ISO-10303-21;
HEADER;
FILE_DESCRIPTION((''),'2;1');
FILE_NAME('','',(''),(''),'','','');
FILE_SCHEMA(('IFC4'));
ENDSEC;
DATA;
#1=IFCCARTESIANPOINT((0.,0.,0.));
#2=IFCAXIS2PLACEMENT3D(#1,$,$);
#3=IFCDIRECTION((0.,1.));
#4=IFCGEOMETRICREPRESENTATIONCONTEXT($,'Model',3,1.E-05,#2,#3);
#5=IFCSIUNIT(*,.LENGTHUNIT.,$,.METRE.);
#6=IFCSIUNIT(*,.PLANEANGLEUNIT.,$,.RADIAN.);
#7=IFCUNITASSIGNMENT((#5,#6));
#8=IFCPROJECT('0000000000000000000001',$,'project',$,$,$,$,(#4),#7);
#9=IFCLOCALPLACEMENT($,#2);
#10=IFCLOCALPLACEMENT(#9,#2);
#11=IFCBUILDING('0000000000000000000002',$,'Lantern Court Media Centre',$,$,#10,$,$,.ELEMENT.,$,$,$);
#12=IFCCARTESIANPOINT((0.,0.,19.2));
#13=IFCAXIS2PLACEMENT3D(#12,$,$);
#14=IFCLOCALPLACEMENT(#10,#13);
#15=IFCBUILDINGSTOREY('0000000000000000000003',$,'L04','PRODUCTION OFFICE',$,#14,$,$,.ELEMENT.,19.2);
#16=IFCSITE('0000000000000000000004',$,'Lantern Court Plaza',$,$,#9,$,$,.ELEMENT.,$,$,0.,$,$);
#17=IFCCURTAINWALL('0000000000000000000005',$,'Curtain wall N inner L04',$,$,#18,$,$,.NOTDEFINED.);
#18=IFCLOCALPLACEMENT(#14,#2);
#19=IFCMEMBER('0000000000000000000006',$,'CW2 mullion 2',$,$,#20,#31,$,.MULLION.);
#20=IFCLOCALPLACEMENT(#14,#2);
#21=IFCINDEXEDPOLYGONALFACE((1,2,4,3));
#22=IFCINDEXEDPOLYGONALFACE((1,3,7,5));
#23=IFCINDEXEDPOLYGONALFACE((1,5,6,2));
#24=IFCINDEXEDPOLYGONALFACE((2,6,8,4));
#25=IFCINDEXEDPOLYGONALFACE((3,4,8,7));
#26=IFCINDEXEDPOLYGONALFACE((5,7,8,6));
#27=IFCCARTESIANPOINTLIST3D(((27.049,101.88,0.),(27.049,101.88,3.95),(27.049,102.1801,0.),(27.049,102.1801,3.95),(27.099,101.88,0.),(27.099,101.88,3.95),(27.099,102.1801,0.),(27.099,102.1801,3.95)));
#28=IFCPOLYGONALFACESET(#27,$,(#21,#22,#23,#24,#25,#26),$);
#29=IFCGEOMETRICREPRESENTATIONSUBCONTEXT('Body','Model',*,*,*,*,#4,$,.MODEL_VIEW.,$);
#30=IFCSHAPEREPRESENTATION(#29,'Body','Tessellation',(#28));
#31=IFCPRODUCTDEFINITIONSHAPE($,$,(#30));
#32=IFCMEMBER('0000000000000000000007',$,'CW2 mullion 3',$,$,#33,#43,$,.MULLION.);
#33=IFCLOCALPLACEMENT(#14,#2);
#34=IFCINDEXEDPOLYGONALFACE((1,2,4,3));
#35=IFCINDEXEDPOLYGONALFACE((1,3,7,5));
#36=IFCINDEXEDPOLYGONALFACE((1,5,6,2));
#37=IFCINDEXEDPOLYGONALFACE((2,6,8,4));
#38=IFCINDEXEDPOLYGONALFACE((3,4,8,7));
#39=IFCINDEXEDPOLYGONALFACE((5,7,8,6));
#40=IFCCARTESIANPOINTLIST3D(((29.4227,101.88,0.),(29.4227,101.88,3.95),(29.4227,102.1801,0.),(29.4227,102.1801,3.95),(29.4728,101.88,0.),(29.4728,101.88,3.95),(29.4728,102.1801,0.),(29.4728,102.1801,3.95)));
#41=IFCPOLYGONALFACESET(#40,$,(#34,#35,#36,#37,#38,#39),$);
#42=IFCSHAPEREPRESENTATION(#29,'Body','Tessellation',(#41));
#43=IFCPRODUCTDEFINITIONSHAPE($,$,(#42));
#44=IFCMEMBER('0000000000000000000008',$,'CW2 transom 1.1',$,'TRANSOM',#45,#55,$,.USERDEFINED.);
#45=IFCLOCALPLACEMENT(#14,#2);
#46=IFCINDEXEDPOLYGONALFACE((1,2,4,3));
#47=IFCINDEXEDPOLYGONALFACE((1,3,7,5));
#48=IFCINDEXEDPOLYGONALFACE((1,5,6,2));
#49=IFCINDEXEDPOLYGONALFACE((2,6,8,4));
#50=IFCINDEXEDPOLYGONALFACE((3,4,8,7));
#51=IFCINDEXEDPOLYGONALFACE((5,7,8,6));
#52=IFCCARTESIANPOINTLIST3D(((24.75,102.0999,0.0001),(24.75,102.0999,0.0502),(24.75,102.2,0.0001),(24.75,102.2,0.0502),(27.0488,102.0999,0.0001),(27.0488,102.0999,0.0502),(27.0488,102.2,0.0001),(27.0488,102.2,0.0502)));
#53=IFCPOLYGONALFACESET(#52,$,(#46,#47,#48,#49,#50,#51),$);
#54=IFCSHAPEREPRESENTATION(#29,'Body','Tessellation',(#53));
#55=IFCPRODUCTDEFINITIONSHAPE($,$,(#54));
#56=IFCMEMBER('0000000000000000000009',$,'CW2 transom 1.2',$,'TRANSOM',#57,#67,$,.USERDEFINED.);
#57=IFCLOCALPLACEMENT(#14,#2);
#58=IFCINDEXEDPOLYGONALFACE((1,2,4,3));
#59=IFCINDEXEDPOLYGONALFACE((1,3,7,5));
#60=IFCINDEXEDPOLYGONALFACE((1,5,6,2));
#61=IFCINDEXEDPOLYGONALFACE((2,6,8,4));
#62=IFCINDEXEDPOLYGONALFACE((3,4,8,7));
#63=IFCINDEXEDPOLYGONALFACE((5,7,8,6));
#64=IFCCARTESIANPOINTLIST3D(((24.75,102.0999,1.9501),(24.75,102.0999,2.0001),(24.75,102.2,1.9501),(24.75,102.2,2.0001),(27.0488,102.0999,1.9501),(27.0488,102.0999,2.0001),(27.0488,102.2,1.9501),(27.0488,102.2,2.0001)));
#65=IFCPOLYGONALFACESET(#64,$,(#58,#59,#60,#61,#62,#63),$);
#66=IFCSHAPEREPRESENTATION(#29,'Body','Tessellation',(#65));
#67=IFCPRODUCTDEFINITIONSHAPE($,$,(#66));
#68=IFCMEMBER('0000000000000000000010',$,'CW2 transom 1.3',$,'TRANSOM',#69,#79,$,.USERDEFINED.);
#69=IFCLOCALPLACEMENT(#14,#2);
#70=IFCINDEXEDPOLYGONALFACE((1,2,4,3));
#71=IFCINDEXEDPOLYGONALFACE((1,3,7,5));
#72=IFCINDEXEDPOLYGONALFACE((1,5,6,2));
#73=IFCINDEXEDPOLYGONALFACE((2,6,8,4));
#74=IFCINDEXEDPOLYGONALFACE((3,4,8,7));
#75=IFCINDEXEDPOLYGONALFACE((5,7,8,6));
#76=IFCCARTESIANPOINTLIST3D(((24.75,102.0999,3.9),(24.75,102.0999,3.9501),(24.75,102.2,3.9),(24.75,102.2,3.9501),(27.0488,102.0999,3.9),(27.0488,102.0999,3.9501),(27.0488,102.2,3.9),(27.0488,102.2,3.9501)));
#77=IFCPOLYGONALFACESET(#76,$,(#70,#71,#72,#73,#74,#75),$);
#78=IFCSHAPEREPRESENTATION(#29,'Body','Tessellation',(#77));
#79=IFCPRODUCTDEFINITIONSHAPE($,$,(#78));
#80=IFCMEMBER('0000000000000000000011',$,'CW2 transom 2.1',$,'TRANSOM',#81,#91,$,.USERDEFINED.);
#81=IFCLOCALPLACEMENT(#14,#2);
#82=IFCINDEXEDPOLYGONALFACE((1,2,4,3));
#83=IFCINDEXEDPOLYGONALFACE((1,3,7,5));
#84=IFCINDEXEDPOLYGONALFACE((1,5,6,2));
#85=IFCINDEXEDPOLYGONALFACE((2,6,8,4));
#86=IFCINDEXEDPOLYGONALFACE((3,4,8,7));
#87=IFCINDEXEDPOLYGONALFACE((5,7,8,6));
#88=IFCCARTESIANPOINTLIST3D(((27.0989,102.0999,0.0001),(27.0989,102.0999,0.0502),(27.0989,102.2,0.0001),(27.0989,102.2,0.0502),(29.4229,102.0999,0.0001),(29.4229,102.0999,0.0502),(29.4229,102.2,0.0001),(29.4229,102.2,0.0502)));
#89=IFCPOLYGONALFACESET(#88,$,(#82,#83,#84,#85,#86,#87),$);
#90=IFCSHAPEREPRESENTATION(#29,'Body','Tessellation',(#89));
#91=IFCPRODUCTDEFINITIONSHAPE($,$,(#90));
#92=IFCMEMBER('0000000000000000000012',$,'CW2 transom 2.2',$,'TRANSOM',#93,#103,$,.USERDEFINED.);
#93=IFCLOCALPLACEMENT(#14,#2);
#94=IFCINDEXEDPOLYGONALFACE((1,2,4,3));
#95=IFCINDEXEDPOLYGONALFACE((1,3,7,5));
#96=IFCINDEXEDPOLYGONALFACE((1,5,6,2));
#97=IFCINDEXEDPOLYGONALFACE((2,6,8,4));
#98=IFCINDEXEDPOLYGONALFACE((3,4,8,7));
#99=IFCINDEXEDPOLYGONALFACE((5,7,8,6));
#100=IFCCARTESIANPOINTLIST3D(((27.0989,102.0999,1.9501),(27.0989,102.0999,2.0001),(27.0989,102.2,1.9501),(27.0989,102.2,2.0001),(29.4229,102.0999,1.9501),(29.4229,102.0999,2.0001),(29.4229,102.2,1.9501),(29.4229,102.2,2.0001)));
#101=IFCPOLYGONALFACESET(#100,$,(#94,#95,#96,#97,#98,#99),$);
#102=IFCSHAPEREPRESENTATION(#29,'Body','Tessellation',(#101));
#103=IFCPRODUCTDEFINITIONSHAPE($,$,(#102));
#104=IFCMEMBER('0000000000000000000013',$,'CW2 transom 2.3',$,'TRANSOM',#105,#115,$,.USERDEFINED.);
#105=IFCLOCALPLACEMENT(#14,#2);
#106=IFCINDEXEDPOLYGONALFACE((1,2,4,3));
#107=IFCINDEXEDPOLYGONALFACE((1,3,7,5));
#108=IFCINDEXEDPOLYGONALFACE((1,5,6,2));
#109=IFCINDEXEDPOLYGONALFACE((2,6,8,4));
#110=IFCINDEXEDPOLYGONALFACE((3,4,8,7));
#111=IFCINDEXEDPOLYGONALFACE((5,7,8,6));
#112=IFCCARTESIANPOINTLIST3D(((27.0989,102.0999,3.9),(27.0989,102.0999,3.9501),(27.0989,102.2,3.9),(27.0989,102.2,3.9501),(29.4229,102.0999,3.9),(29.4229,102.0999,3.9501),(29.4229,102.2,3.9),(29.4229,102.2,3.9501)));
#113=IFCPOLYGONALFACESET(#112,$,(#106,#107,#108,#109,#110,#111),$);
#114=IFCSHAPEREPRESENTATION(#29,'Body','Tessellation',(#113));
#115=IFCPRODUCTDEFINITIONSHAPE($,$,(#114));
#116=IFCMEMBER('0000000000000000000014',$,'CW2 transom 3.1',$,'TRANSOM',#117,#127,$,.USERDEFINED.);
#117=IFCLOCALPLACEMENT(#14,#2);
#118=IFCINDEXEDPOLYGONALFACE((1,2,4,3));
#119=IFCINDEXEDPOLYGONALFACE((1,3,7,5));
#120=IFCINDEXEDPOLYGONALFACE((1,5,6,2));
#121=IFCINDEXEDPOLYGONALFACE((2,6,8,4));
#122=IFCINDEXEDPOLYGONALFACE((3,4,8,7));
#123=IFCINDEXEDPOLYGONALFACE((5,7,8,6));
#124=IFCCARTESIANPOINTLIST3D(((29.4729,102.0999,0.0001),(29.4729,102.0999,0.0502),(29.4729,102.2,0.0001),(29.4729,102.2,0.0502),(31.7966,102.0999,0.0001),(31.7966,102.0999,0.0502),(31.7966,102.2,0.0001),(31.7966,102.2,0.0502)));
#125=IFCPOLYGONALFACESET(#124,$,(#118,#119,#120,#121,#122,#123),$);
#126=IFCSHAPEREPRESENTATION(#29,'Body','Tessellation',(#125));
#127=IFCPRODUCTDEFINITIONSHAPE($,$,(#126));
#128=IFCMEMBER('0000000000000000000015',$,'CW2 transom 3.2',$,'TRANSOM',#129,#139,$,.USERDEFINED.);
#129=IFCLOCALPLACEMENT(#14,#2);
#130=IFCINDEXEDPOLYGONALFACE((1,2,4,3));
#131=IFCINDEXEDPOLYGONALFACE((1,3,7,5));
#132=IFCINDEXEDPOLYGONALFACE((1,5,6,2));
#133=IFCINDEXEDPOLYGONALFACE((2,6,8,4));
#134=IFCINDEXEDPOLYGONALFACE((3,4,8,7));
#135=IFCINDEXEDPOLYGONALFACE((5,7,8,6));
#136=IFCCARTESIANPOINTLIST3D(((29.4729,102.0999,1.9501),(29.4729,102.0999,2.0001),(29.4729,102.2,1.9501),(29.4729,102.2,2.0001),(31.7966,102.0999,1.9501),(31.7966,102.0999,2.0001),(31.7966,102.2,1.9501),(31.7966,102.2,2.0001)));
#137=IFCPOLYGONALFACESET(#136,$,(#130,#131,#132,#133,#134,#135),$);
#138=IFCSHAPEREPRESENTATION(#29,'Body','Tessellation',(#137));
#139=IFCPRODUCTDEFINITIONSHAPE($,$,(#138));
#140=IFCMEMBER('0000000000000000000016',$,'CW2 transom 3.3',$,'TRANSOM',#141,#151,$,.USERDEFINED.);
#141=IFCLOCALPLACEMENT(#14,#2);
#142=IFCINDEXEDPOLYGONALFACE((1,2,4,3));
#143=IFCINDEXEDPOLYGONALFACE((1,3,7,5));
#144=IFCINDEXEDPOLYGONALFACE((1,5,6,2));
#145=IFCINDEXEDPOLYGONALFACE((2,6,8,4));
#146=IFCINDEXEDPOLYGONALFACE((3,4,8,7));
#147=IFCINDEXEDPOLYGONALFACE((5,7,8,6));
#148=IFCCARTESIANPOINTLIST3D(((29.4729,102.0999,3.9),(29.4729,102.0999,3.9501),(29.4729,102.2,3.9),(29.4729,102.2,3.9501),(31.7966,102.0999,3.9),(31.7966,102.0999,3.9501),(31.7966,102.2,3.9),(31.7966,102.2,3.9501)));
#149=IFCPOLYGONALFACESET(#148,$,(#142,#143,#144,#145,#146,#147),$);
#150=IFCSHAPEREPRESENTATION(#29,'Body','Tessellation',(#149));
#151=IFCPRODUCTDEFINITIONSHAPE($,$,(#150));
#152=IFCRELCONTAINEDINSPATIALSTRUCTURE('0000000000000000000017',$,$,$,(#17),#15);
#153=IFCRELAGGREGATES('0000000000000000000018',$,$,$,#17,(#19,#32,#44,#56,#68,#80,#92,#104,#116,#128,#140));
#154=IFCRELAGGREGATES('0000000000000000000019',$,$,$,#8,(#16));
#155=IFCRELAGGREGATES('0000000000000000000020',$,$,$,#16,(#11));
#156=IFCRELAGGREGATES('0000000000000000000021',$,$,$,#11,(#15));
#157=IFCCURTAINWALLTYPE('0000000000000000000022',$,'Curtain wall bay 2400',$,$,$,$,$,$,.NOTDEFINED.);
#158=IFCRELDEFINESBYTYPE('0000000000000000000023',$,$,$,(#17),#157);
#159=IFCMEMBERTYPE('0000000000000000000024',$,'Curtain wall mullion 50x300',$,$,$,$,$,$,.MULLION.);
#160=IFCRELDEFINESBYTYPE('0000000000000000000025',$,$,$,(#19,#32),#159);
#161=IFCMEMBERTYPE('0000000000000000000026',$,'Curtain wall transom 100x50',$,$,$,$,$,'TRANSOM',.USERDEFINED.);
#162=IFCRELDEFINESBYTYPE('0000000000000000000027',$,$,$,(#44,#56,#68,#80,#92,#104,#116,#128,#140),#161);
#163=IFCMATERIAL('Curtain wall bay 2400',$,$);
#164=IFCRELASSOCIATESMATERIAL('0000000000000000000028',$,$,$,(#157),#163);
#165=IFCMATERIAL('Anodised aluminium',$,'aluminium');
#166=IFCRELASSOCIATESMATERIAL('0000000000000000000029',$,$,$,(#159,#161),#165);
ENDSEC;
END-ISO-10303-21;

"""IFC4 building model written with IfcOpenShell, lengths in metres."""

from ifc_helpers import new_model, si_unit, direction, frame, origin, origin_2d, place, context, subcontext, project, spatial, rectangle, extrude, material, material_profile, profile_set, type_object, element, aggregate, save


model = new_model("IFC4")

# Units and contexts
model_context = context("Model", 3, precision=1e-05, world=origin(), true_north=direction((0.0, 1.0)))
body_context = subcontext(model_context, "Body", "Model", "MODEL_VIEW")
ifc_project = project(units=[si_unit("LENGTHUNIT", "METRE"), si_unit("PLANEANGLEUNIT", "RADIAN")], contexts=[model_context])

# Site, building, storey
site_placement = place(None, origin())
site = spatial("IfcSite", under=ifc_project, at=site_placement, Name="Lantern Court Plaza", CompositionType="ELEMENT", RefElevation=0.0)
building_placement = place(site_placement, origin())
building = spatial("IfcBuilding", under=site, at=building_placement, Name="Lantern Court Media Centre", CompositionType="ELEMENT")
storey_placement = place(building_placement, frame((0.0, 0.0, 19.2)))
storey = spatial("IfcBuildingStorey", under=building, at=storey_placement, Name="L04", Description="PRODUCTION OFFICE", CompositionType="ELEMENT", Elevation=19.2)

# Curtain wall, members
ifc_material_1 = material(Name="Curtain wall bay 2400")
curtain_wall_type = type_object("IfcCurtainWallType", Name="Curtain wall bay 2400", PredefinedType="NOTDEFINED", material=ifc_material_1)
curtain_wall_placement = place(storey_placement, origin())
curtain_wall = element("IfcCurtainWall", 1, at=curtain_wall_placement, inside=storey, type_object=curtain_wall_type, Name="Curtain wall N inner L04", PredefinedType="NOTDEFINED")
ifc_material_2 = material(Name="Anodised aluminium", Category="aluminium")
ifc_material_profile_1 = material_profile(ifc_material_2, rectangle(XDim=0.3, YDim=0.05, at=origin_2d()), Name="AL 50x300")
ifc_profile_set_1 = profile_set([ifc_material_profile_1], Name="Anodised aluminium")
member_type_1 = type_object("IfcMemberType", Name="Curtain wall mullion 50x300", PredefinedType="MULLION", material=ifc_profile_set_1)
member_1_placement = place(storey_placement, frame((27.074, 102.03, 0.0), z_axis=(0.0, 0.0, 1.0), x_axis=(0.0, 1.0, 0.0)))
member_1 = element("IfcMember", 2, at=member_1_placement, type_object=member_type_1, Name="CW2 mullion 2", PredefinedType="MULLION", context=body_context, shape_type="SweptSolid", body=[
    extrude(rectangle(XDim=0.3, YDim=0.05, at=origin_2d()), origin(), (0.0, 0.0, 1.0), 3.95),
])
member_2_placement = place(storey_placement, frame((29.4478, 102.03, 0.0), z_axis=(0.0, 0.0, 1.0), x_axis=(0.0, 1.0, 0.0)))
member_2 = element("IfcMember", 3, at=member_2_placement, type_object=member_type_1, Name="CW2 mullion 3", PredefinedType="MULLION", context=body_context, shape_type="SweptSolid", body=[
    extrude(rectangle(XDim=0.3, YDim=0.05, at=origin_2d()), origin(), (0.0, 0.0, 1.0), 3.95),
])
ifc_material_profile_2 = material_profile(ifc_material_2, rectangle(XDim=0.1001, YDim=0.05, at=origin_2d()), Name="AL 50x100")
ifc_profile_set_2 = profile_set([ifc_material_profile_2], Name="Anodised aluminium")
member_type_2 = type_object("IfcMemberType", Name="Curtain wall transom 100x50", ElementType="TRANSOM", PredefinedType="USERDEFINED", material=ifc_profile_set_2)
member_3_placement = place(storey_placement, frame((24.75, 102.1499, 0.0251), z_axis=(1.0, 0.0, 0.0), x_axis=(0.0, 1.0, 0.0)))
member_3 = element("IfcMember", 4, at=member_3_placement, type_object=member_type_2, Name="CW2 transom 1.1", ObjectType="TRANSOM", PredefinedType="USERDEFINED", context=body_context, shape_type="SweptSolid", body=[
    extrude(rectangle(XDim=0.1001, YDim=0.05, at=origin_2d()), origin(), (0.0, 0.0, 1.0), 2.2988),
])
member_4_placement = place(storey_placement, frame((24.75, 102.1499, 1.9751), z_axis=(1.0, 0.0, 0.0), x_axis=(0.0, 1.0, 0.0)))
member_4 = element("IfcMember", 5, at=member_4_placement, type_object=member_type_2, Name="CW2 transom 1.2", ObjectType="TRANSOM", PredefinedType="USERDEFINED", context=body_context, shape_type="SweptSolid", body=[
    extrude(rectangle(XDim=0.1001, YDim=0.05, at=origin_2d()), origin(), (0.0, 0.0, 1.0), 2.2988),
])
member_5_placement = place(storey_placement, frame((24.75, 102.1499, 3.925), z_axis=(1.0, 0.0, 0.0), x_axis=(0.0, 1.0, 0.0)))
member_5 = element("IfcMember", 6, at=member_5_placement, type_object=member_type_2, Name="CW2 transom 1.3", ObjectType="TRANSOM", PredefinedType="USERDEFINED", context=body_context, shape_type="SweptSolid", body=[
    extrude(rectangle(XDim=0.1001, YDim=0.05, at=origin_2d()), origin(), (0.0, 0.0, 1.0), 2.2988),
])
member_6_placement = place(storey_placement, frame((27.0989, 102.1499, 0.0251), z_axis=(1.0, 0.0, 0.0), x_axis=(0.0, 1.0, 0.0)))
member_6 = element("IfcMember", 7, at=member_6_placement, type_object=member_type_2, Name="CW2 transom 2.1", ObjectType="TRANSOM", PredefinedType="USERDEFINED", context=body_context, shape_type="SweptSolid", body=[
    extrude(rectangle(XDim=0.1001, YDim=0.05, at=origin_2d()), origin(), (0.0, 0.0, 1.0), 2.324),
])
member_7_placement = place(storey_placement, frame((27.0989, 102.1499, 1.9751), z_axis=(1.0, 0.0, 0.0), x_axis=(0.0, 1.0, 0.0)))
member_7 = element("IfcMember", 8, at=member_7_placement, type_object=member_type_2, Name="CW2 transom 2.2", ObjectType="TRANSOM", PredefinedType="USERDEFINED", context=body_context, shape_type="SweptSolid", body=[
    extrude(rectangle(XDim=0.1001, YDim=0.05, at=origin_2d()), origin(), (0.0, 0.0, 1.0), 2.324),
])
member_8_placement = place(storey_placement, frame((27.0989, 102.1499, 3.925), z_axis=(1.0, 0.0, 0.0), x_axis=(0.0, 1.0, 0.0)))
member_8 = element("IfcMember", 9, at=member_8_placement, type_object=member_type_2, Name="CW2 transom 2.3", ObjectType="TRANSOM", PredefinedType="USERDEFINED", context=body_context, shape_type="SweptSolid", body=[
    extrude(rectangle(XDim=0.1001, YDim=0.05, at=origin_2d()), origin(), (0.0, 0.0, 1.0), 2.324),
])
member_9_placement = place(storey_placement, frame((29.4729, 102.1499, 0.0251), z_axis=(1.0, 0.0, 0.0), x_axis=(0.0, 1.0, 0.0)))
member_9 = element("IfcMember", 10, at=member_9_placement, type_object=member_type_2, Name="CW2 transom 3.1", ObjectType="TRANSOM", PredefinedType="USERDEFINED", context=body_context, shape_type="SweptSolid", body=[
    extrude(rectangle(XDim=0.1001, YDim=0.05, at=origin_2d()), origin(), (0.0, 0.0, 1.0), 2.3237),
])
member_10_placement = place(storey_placement, frame((29.4729, 102.1499, 1.9751), z_axis=(1.0, 0.0, 0.0), x_axis=(0.0, 1.0, 0.0)))
member_10 = element("IfcMember", 11, at=member_10_placement, type_object=member_type_2, Name="CW2 transom 3.2", ObjectType="TRANSOM", PredefinedType="USERDEFINED", context=body_context, shape_type="SweptSolid", body=[
    extrude(rectangle(XDim=0.1001, YDim=0.05, at=origin_2d()), origin(), (0.0, 0.0, 1.0), 2.3237),
])
member_11_placement = place(storey_placement, frame((29.4729, 102.1499, 3.925), z_axis=(1.0, 0.0, 0.0), x_axis=(0.0, 1.0, 0.0)))
member_11 = element("IfcMember", 12, at=member_11_placement, type_object=member_type_2, Name="CW2 transom 3.3", ObjectType="TRANSOM", PredefinedType="USERDEFINED", context=body_context, shape_type="SweptSolid", body=[
    extrude(rectangle(XDim=0.1001, YDim=0.05, at=origin_2d()), origin(), (0.0, 0.0, 1.0), 2.3237),
])

aggregate(curtain_wall, [member_1, member_2, member_3, member_4, member_5, member_6, member_7, member_8, member_9, member_10, member_11])

save(model, "model.ifc")
